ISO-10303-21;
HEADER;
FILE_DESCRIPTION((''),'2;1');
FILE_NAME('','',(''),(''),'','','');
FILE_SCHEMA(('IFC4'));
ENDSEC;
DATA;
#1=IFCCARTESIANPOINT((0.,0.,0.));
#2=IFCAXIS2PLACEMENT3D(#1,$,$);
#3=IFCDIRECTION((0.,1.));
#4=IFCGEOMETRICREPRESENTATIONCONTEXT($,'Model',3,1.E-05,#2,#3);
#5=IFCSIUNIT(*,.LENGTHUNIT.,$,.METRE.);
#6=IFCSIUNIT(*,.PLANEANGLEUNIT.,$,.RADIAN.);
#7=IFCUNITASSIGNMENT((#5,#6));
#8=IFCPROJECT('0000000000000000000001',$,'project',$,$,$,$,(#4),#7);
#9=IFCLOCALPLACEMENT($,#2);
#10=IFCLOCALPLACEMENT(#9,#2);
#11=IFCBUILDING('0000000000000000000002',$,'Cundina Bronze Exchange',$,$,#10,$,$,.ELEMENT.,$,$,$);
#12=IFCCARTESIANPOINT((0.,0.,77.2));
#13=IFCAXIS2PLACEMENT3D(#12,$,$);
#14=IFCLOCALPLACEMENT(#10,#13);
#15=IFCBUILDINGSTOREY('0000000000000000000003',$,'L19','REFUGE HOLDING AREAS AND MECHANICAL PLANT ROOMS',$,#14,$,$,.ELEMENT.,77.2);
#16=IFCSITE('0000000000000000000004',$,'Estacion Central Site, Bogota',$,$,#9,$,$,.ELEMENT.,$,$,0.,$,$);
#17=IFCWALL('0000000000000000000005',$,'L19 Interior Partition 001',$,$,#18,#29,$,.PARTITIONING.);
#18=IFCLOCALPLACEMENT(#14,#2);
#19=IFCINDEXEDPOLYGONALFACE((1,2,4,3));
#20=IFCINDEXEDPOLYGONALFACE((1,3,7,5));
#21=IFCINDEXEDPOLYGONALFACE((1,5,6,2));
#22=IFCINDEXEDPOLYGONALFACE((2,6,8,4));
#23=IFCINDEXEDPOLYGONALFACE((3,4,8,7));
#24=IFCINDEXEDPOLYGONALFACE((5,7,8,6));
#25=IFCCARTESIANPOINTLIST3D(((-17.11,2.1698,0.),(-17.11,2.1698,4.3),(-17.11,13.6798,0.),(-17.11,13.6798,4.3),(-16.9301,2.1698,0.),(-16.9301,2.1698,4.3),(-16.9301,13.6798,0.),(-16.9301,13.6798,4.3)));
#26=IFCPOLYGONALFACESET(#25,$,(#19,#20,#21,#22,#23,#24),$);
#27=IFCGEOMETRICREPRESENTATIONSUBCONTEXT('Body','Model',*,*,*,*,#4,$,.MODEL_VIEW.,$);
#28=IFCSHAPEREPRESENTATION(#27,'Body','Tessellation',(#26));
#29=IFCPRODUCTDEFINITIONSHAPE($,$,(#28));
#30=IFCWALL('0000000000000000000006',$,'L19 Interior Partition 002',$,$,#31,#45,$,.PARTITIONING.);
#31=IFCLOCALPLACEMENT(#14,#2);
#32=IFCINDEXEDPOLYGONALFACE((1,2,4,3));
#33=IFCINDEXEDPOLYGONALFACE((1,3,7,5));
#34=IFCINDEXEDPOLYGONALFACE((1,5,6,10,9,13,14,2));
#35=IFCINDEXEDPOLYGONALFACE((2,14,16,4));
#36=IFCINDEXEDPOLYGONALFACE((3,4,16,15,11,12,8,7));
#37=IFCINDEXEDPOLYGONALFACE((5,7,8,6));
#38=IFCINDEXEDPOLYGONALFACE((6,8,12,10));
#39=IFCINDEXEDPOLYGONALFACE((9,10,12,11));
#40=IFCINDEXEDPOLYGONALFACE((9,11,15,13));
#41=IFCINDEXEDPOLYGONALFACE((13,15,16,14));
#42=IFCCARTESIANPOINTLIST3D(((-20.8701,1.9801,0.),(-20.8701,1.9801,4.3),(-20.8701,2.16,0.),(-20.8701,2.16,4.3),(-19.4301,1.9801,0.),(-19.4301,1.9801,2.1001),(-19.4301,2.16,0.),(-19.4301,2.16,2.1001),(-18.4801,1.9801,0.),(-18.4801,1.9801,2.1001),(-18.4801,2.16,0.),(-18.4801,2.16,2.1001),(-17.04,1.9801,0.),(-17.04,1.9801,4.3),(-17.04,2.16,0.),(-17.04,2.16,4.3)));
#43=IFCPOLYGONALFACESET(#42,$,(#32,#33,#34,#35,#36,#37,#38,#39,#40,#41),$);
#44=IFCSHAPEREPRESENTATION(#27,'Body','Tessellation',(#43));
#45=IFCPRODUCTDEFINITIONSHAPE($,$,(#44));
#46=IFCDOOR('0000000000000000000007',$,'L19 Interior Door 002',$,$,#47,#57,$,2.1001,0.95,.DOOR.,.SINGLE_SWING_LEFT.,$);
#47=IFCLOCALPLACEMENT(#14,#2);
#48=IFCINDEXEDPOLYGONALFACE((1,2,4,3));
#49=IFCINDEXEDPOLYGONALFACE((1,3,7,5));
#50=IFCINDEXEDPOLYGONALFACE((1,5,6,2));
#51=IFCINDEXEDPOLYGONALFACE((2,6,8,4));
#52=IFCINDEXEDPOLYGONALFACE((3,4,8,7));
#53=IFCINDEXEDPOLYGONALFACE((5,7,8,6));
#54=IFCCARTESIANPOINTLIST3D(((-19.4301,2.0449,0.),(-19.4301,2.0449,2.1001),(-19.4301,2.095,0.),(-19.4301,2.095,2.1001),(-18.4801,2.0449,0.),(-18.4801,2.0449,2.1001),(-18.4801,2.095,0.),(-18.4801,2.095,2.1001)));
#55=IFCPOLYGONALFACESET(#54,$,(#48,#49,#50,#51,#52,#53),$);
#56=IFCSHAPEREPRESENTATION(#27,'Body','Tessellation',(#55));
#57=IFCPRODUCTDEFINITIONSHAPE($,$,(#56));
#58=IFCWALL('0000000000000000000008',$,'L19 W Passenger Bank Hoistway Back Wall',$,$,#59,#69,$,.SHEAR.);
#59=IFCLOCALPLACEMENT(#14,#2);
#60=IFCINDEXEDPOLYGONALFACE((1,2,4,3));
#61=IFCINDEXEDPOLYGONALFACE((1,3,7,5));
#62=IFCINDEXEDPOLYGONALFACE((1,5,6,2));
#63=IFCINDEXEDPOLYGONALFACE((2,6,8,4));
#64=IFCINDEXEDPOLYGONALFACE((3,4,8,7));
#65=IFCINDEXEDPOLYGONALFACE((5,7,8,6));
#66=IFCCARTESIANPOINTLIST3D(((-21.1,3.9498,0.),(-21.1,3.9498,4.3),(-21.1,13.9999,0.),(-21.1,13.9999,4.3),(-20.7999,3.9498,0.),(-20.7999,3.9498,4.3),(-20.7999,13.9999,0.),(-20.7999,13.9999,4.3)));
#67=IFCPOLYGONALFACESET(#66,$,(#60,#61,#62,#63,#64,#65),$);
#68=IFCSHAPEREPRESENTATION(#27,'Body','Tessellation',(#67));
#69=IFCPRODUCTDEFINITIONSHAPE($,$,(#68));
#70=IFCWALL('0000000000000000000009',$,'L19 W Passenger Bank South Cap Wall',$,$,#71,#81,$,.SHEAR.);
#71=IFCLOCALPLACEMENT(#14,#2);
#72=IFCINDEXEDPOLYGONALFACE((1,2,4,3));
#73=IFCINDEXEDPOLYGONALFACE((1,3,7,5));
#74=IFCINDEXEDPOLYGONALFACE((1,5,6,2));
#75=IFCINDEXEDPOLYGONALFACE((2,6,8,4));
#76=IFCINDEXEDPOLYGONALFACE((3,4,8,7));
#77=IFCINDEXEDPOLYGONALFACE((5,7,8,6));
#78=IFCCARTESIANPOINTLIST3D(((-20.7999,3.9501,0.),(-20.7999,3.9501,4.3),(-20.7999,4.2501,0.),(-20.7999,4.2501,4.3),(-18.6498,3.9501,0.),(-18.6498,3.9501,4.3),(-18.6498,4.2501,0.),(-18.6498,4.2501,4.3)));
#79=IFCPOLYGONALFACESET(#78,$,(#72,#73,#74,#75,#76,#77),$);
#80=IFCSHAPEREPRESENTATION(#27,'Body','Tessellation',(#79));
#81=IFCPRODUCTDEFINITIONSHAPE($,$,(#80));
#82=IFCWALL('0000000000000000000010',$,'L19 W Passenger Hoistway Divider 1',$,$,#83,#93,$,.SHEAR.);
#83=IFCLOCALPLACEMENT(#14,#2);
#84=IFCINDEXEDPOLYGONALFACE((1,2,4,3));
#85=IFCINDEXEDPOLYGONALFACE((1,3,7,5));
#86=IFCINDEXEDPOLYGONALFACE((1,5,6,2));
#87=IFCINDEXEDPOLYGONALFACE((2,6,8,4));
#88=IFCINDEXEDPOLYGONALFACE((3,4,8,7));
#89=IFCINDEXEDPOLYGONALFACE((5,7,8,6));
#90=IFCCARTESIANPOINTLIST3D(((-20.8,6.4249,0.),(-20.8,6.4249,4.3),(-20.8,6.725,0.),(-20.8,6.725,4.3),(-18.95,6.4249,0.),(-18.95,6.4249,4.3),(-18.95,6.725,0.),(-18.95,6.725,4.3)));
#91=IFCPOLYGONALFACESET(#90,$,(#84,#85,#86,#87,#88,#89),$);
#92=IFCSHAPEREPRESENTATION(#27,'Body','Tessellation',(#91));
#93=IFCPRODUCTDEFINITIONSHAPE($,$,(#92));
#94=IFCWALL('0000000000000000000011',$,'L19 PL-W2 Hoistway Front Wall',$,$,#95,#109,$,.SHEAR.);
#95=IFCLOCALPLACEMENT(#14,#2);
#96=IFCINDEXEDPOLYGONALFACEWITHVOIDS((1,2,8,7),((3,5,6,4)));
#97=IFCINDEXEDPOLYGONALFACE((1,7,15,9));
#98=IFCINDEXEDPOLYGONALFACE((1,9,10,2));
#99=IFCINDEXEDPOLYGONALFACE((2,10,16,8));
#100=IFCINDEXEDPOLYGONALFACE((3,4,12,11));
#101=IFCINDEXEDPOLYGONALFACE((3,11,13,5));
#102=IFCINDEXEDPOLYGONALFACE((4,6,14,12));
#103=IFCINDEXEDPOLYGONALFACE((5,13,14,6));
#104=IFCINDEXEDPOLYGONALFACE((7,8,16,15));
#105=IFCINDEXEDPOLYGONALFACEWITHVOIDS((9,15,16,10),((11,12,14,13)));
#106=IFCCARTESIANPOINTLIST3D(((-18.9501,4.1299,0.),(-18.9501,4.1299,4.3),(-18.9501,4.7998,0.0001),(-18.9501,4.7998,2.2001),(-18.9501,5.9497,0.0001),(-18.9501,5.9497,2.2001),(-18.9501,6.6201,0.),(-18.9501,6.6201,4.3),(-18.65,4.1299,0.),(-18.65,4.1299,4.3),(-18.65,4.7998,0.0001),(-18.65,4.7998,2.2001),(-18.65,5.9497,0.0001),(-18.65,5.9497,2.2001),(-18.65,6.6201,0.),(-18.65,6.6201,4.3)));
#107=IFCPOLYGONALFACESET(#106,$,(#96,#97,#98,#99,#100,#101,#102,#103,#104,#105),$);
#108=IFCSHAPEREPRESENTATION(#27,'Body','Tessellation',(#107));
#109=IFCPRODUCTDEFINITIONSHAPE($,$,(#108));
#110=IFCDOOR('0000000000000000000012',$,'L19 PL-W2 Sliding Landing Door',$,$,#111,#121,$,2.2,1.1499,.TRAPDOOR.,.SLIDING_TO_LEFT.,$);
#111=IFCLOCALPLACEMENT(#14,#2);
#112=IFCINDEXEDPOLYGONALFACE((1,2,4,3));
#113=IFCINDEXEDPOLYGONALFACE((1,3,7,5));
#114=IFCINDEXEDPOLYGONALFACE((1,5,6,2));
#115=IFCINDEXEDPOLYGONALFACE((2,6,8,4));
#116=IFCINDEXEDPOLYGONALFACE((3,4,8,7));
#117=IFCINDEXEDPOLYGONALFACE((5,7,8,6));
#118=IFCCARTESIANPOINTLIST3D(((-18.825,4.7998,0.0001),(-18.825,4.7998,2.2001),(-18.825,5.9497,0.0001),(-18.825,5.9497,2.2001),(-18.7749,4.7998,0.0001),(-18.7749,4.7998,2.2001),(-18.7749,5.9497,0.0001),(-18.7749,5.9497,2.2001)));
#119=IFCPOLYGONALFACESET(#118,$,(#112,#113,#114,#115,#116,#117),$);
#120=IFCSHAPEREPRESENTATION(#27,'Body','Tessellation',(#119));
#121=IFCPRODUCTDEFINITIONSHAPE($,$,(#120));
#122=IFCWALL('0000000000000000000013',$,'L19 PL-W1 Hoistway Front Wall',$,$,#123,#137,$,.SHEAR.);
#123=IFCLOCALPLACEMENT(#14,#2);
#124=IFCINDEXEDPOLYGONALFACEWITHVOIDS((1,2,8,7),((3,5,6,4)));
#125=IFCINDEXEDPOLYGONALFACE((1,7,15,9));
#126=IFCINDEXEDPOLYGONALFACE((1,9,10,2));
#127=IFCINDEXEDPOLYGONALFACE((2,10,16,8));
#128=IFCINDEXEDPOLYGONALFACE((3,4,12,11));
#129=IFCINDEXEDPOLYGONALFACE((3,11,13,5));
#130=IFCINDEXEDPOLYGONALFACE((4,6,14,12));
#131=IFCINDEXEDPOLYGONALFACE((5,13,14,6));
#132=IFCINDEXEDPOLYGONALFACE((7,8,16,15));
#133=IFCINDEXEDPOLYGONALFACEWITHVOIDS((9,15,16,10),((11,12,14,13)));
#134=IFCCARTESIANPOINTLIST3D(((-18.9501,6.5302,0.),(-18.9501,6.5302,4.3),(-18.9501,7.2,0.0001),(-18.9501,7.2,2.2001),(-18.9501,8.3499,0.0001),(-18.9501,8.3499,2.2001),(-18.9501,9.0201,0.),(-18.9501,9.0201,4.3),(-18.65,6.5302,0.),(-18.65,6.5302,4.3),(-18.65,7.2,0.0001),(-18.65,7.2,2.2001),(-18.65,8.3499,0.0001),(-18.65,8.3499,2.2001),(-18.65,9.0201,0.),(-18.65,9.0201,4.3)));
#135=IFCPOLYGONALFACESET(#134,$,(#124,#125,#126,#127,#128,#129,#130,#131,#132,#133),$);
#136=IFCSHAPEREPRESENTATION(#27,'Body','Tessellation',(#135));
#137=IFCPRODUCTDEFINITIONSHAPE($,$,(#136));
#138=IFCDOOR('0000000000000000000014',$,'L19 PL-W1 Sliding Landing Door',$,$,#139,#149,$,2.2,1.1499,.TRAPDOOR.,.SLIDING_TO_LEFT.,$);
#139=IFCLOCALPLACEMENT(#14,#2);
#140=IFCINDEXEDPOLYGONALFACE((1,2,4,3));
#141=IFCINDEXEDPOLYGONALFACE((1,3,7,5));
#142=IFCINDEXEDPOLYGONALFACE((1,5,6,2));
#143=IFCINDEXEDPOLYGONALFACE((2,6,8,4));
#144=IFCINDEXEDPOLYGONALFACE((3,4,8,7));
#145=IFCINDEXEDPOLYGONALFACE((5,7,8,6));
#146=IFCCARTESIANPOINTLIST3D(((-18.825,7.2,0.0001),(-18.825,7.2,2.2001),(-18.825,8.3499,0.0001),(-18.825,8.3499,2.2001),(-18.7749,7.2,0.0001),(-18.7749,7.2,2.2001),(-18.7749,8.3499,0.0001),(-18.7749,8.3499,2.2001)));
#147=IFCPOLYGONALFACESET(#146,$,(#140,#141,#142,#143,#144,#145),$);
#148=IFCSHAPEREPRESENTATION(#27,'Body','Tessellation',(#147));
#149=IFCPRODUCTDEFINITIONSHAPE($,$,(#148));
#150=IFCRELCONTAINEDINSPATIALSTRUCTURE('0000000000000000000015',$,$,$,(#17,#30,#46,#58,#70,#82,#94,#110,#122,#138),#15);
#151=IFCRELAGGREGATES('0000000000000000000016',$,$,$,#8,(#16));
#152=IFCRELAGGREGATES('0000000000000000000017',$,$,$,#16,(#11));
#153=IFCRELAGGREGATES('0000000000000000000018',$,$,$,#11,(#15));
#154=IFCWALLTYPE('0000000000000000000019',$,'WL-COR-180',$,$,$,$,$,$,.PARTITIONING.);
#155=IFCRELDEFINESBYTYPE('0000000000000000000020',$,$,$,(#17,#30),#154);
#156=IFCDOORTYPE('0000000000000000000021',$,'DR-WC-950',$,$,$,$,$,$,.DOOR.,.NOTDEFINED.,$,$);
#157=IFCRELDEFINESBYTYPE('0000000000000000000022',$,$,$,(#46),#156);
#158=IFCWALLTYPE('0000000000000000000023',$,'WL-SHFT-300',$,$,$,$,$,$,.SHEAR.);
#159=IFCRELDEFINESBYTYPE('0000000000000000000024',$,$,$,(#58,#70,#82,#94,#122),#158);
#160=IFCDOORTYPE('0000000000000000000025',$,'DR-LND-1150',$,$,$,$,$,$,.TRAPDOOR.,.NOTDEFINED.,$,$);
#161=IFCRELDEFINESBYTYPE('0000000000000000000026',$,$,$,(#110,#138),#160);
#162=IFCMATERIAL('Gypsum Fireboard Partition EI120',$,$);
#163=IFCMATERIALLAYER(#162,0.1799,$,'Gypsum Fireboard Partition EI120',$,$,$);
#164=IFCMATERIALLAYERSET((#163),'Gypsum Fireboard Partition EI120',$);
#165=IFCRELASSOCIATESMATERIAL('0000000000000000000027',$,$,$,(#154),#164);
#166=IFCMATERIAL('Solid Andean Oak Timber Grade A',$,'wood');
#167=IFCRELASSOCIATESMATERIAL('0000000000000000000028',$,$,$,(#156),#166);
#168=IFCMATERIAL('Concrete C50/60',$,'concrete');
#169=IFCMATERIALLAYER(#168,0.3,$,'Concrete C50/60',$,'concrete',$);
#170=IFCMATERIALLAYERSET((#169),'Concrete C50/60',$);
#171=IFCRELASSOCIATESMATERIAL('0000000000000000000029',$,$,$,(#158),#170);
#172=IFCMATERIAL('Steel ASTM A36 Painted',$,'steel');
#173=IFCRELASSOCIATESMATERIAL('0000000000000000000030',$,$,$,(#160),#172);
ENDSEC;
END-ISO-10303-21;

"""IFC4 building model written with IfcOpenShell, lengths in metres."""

from ifc_helpers import new_model, si_unit, direction, frame, frame_2d, origin, place, context, subcontext, project, spatial, rectangle, extrude, material, layer, layer_set, type_object, element, fill, save


model = new_model("IFC4")

# Units and contexts
model_context = context("Model", 3, precision=1e-05, world=origin(), true_north=direction((0.0, 1.0)))
body_context = subcontext(model_context, "Body", "Model", "MODEL_VIEW")
ifc_project = project(units=[si_unit("LENGTHUNIT", "METRE"), si_unit("PLANEANGLEUNIT", "RADIAN")], contexts=[model_context])

# Site, building, storey
site_placement = place(None, origin())
site = spatial("IfcSite", under=ifc_project, at=site_placement, Name="Estacion Central Site, Bogota", CompositionType="ELEMENT", RefElevation=0.0)
building_placement = place(site_placement, origin())
building = spatial("IfcBuilding", under=site, at=building_placement, Name="Cundina Bronze Exchange", CompositionType="ELEMENT")
storey_placement = place(building_placement, frame((0.0, 0.0, 77.2)))
storey = spatial("IfcBuildingStorey", under=building, at=storey_placement, Name="L19", Description="REFUGE HOLDING AREAS AND MECHANICAL PLANT ROOMS", CompositionType="ELEMENT", Elevation=77.2)

# Shared definitions
ifc_material_1 = material(Name="Concrete C50/60", Category="concrete")

# Wall
ifc_material_2 = material(Name="Gypsum Fireboard Partition EI120")
ifc_layer_1 = layer(ifc_material_2, 0.1799, Name="Gypsum Fireboard Partition EI120")
ifc_layer_set_1 = layer_set([ifc_layer_1], Name="Gypsum Fireboard Partition EI120")
wall_type_1 = type_object("IfcWallType", Name="WL-COR-180", PredefinedType="PARTITIONING", material=ifc_layer_set_1)
wall_1_placement = place(storey_placement, frame((-17.02, 2.1699, 0.0), z_axis=(0.0, 0.0, 1.0), x_axis=(0.0, 1.0, 0.0)))
element("IfcWall", 1, at=wall_1_placement, inside=storey, type_object=wall_type_1, Name="L19 Interior Partition 001", PredefinedType="PARTITIONING", context=body_context, shape_type="SweptSolid", body=[
    extrude(rectangle(XDim=11.51, YDim=0.1799, at=frame_2d((5.7549, 0.0))), origin(), (0.0, 0.0, 1.0), 4.3),
])

# Wall, opening, door
wall_2_placement = place(storey_placement, frame((-20.8701, 2.0701, 0.0), z_axis=(0.0, 0.0, 1.0), x_axis=(1.0, 0.0, 0.0)))
wall_2 = element("IfcWall", 2, at=wall_2_placement, inside=storey, type_object=wall_type_1, Name="L19 Interior Partition 002", PredefinedType="PARTITIONING", context=body_context, shape_type="SweptSolid", body=[
    extrude(rectangle(XDim=3.8301, YDim=0.1799, at=frame_2d((1.915, 0.0))), origin(), (0.0, 0.0, 1.0), 4.3),
])
opening_1_placement = place(wall_2_placement, frame((1.4399, 0.0, 0.0)))
opening_1 = element("IfcOpeningElement", 3, at=opening_1_placement, cuts=wall_2, PredefinedType="OPENING", context=body_context, shape_type="SweptSolid", body=[
    extrude(rectangle(XDim=0.95, YDim=2.1001, at=frame_2d((0.4751, 1.05))), frame((0.0, 0.0999, 0.0), z_axis=(0.0, -1.0, 0.0), x_axis=(1.0, 0.0, 0.0)), (0.0, 0.0, 1.0), 0.2),
])
ifc_material_3 = material(Name="Solid Andean Oak Timber Grade A", Category="wood")
door_type_1 = type_object("IfcDoorType", Name="DR-WC-950", OperationType="NOTDEFINED", PredefinedType="DOOR", material=ifc_material_3)
door_1_placement = place(opening_1_placement, origin())
door_1 = element("IfcDoor", 4, at=door_1_placement, inside=storey, type_object=door_type_1, Name="L19 Interior Door 002", OperationType="SINGLE_SWING_LEFT", OverallHeight=2.1001, OverallWidth=0.95, PredefinedType="DOOR", context=body_context, shape_type="SweptSolid", body=[
    extrude(rectangle(XDim=0.95, YDim=2.1001, at=frame_2d((0.4751, 1.05))), frame((0.0, 0.0249, 0.0), z_axis=(0.0, -1.0, 0.0), x_axis=(1.0, 0.0, 0.0)), (0.0, 0.0, 1.0), 0.05),
])
fill(opening_1, door_1)

# Walls
ifc_layer_2 = layer(ifc_material_1, 0.3, Name="Concrete C50/60", Category="concrete")
ifc_layer_set_2 = layer_set([ifc_layer_2], Name="Concrete C50/60")
wall_type_2 = type_object("IfcWallType", Name="WL-SHFT-300", PredefinedType="SHEAR", material=ifc_layer_set_2)
wall_3_placement = place(storey_placement, frame((-20.95, 3.95, 0.0), z_axis=(0.0, 0.0, 1.0), x_axis=(0.0, 1.0, 0.0)))
element("IfcWall", 5, at=wall_3_placement, inside=storey, type_object=wall_type_2, Name="L19 W Passenger Bank Hoistway Back Wall", PredefinedType="SHEAR", context=body_context, shape_type="SweptSolid", body=[
    extrude(rectangle(XDim=10.05, YDim=0.3, at=frame_2d((5.0249, 0.0))), origin(), (0.0, 0.0, 1.0), 4.3),
])
wall_4_placement = place(storey_placement, frame((-20.8, 4.1001, 0.0), z_axis=(0.0, 0.0, 1.0), x_axis=(1.0, 0.0, 0.0)))
element("IfcWall", 6, at=wall_4_placement, inside=storey, type_object=wall_type_2, Name="L19 W Passenger Bank South Cap Wall", PredefinedType="SHEAR", context=body_context, shape_type="SweptSolid", body=[
    extrude(rectangle(XDim=2.1501, YDim=0.3, at=frame_2d((1.0752, 0.0))), origin(), (0.0, 0.0, 1.0), 4.3),
])
wall_5_placement = place(storey_placement, frame((-20.8, 6.575, 0.0), z_axis=(0.0, 0.0, 1.0), x_axis=(1.0, 0.0, 0.0)))
element("IfcWall", 7, at=wall_5_placement, inside=storey, type_object=wall_type_2, Name="L19 W Passenger Hoistway Divider 1", PredefinedType="SHEAR", context=body_context, shape_type="SweptSolid", body=[
    extrude(rectangle(XDim=1.8501, YDim=0.3, at=frame_2d((0.925, 0.0))), origin(), (0.0, 0.0, 1.0), 4.3),
])

# Walls, openings, doors
wall_6_placement = place(storey_placement, frame((-18.8, 4.1299, 0.0), z_axis=(0.0, 0.0, 1.0), x_axis=(0.0, 1.0, 0.0)))
wall_6 = element("IfcWall", 8, at=wall_6_placement, inside=storey, type_object=wall_type_2, Name="L19 PL-W2 Hoistway Front Wall", PredefinedType="SHEAR", context=body_context, shape_type="SweptSolid", body=[
    extrude(rectangle(XDim=2.4902, YDim=0.3, at=frame_2d((1.2451, 0.0))), origin(), (0.0, 0.0, 1.0), 4.3),
])
opening_2_placement = place(wall_6_placement, frame((0.6699, 0.0, 0.0)))
opening_2 = element("IfcOpeningElement", 9, at=opening_2_placement, cuts=wall_6, PredefinedType="OPENING", context=body_context, shape_type="SweptSolid", body=[
    extrude(rectangle(XDim=1.1499, YDim=2.2, at=frame_2d((0.575, 1.1001))), frame((0.0, 0.1599, 0.0), z_axis=(0.0, -1.0, 0.0), x_axis=(1.0, 0.0, 0.0)), (0.0, 0.0, 1.0), 0.3201),
])
ifc_material_4 = material(Name="Steel ASTM A36 Painted", Category="steel")
door_type_2 = type_object("IfcDoorType", Name="DR-LND-1150", OperationType="NOTDEFINED", PredefinedType="TRAPDOOR", material=ifc_material_4)
door_2_placement = place(opening_2_placement, origin())
door_2 = element("IfcDoor", 10, at=door_2_placement, inside=storey, type_object=door_type_2, Name="L19 PL-W2 Sliding Landing Door", OperationType="SLIDING_TO_LEFT", OverallHeight=2.2, OverallWidth=1.1499, PredefinedType="TRAPDOOR", context=body_context, shape_type="SweptSolid", body=[
    extrude(rectangle(XDim=1.1499, YDim=2.2, at=frame_2d((0.575, 1.1001))), frame((0.0, 0.0249, 0.0), z_axis=(0.0, -1.0, 0.0), x_axis=(1.0, 0.0, 0.0)), (0.0, 0.0, 1.0), 0.05),
])
fill(opening_2, door_2)
wall_7_placement = place(storey_placement, frame((-18.8, 6.53, 0.0), z_axis=(0.0, 0.0, 1.0), x_axis=(0.0, 1.0, 0.0)))
wall_7 = element("IfcWall", 11, at=wall_7_placement, inside=storey, type_object=wall_type_2, Name="L19 PL-W1 Hoistway Front Wall", PredefinedType="SHEAR", context=body_context, shape_type="SweptSolid", body=[
    extrude(rectangle(XDim=2.49, YDim=0.3, at=frame_2d((1.2451, 0.0))), origin(), (0.0, 0.0, 1.0), 4.3),
])
opening_3_placement = place(wall_7_placement, frame((0.6699, 0.0, 0.0)))
opening_3 = element("IfcOpeningElement", 12, at=opening_3_placement, cuts=wall_7, PredefinedType="OPENING", context=body_context, shape_type="SweptSolid", body=[
    extrude(rectangle(XDim=1.1499, YDim=2.2, at=frame_2d((0.575, 1.1001))), frame((0.0, 0.1599, 0.0), z_axis=(0.0, -1.0, 0.0), x_axis=(1.0, 0.0, 0.0)), (0.0, 0.0, 1.0), 0.3201),
])
door_3_placement = place(opening_3_placement, origin())
door_3 = element("IfcDoor", 13, at=door_3_placement, inside=storey, type_object=door_type_2, Name="L19 PL-W1 Sliding Landing Door", OperationType="SLIDING_TO_LEFT", OverallHeight=2.2, OverallWidth=1.1499, PredefinedType="TRAPDOOR", context=body_context, shape_type="SweptSolid", body=[
    extrude(rectangle(XDim=1.1499, YDim=2.2, at=frame_2d((0.575, 1.1001))), frame((0.0, 0.0249, 0.0), z_axis=(0.0, -1.0, 0.0), x_axis=(1.0, 0.0, 0.0)), (0.0, 0.0, 1.0), 0.05),
])
fill(opening_3, door_3)

save(model, "model.ifc")
